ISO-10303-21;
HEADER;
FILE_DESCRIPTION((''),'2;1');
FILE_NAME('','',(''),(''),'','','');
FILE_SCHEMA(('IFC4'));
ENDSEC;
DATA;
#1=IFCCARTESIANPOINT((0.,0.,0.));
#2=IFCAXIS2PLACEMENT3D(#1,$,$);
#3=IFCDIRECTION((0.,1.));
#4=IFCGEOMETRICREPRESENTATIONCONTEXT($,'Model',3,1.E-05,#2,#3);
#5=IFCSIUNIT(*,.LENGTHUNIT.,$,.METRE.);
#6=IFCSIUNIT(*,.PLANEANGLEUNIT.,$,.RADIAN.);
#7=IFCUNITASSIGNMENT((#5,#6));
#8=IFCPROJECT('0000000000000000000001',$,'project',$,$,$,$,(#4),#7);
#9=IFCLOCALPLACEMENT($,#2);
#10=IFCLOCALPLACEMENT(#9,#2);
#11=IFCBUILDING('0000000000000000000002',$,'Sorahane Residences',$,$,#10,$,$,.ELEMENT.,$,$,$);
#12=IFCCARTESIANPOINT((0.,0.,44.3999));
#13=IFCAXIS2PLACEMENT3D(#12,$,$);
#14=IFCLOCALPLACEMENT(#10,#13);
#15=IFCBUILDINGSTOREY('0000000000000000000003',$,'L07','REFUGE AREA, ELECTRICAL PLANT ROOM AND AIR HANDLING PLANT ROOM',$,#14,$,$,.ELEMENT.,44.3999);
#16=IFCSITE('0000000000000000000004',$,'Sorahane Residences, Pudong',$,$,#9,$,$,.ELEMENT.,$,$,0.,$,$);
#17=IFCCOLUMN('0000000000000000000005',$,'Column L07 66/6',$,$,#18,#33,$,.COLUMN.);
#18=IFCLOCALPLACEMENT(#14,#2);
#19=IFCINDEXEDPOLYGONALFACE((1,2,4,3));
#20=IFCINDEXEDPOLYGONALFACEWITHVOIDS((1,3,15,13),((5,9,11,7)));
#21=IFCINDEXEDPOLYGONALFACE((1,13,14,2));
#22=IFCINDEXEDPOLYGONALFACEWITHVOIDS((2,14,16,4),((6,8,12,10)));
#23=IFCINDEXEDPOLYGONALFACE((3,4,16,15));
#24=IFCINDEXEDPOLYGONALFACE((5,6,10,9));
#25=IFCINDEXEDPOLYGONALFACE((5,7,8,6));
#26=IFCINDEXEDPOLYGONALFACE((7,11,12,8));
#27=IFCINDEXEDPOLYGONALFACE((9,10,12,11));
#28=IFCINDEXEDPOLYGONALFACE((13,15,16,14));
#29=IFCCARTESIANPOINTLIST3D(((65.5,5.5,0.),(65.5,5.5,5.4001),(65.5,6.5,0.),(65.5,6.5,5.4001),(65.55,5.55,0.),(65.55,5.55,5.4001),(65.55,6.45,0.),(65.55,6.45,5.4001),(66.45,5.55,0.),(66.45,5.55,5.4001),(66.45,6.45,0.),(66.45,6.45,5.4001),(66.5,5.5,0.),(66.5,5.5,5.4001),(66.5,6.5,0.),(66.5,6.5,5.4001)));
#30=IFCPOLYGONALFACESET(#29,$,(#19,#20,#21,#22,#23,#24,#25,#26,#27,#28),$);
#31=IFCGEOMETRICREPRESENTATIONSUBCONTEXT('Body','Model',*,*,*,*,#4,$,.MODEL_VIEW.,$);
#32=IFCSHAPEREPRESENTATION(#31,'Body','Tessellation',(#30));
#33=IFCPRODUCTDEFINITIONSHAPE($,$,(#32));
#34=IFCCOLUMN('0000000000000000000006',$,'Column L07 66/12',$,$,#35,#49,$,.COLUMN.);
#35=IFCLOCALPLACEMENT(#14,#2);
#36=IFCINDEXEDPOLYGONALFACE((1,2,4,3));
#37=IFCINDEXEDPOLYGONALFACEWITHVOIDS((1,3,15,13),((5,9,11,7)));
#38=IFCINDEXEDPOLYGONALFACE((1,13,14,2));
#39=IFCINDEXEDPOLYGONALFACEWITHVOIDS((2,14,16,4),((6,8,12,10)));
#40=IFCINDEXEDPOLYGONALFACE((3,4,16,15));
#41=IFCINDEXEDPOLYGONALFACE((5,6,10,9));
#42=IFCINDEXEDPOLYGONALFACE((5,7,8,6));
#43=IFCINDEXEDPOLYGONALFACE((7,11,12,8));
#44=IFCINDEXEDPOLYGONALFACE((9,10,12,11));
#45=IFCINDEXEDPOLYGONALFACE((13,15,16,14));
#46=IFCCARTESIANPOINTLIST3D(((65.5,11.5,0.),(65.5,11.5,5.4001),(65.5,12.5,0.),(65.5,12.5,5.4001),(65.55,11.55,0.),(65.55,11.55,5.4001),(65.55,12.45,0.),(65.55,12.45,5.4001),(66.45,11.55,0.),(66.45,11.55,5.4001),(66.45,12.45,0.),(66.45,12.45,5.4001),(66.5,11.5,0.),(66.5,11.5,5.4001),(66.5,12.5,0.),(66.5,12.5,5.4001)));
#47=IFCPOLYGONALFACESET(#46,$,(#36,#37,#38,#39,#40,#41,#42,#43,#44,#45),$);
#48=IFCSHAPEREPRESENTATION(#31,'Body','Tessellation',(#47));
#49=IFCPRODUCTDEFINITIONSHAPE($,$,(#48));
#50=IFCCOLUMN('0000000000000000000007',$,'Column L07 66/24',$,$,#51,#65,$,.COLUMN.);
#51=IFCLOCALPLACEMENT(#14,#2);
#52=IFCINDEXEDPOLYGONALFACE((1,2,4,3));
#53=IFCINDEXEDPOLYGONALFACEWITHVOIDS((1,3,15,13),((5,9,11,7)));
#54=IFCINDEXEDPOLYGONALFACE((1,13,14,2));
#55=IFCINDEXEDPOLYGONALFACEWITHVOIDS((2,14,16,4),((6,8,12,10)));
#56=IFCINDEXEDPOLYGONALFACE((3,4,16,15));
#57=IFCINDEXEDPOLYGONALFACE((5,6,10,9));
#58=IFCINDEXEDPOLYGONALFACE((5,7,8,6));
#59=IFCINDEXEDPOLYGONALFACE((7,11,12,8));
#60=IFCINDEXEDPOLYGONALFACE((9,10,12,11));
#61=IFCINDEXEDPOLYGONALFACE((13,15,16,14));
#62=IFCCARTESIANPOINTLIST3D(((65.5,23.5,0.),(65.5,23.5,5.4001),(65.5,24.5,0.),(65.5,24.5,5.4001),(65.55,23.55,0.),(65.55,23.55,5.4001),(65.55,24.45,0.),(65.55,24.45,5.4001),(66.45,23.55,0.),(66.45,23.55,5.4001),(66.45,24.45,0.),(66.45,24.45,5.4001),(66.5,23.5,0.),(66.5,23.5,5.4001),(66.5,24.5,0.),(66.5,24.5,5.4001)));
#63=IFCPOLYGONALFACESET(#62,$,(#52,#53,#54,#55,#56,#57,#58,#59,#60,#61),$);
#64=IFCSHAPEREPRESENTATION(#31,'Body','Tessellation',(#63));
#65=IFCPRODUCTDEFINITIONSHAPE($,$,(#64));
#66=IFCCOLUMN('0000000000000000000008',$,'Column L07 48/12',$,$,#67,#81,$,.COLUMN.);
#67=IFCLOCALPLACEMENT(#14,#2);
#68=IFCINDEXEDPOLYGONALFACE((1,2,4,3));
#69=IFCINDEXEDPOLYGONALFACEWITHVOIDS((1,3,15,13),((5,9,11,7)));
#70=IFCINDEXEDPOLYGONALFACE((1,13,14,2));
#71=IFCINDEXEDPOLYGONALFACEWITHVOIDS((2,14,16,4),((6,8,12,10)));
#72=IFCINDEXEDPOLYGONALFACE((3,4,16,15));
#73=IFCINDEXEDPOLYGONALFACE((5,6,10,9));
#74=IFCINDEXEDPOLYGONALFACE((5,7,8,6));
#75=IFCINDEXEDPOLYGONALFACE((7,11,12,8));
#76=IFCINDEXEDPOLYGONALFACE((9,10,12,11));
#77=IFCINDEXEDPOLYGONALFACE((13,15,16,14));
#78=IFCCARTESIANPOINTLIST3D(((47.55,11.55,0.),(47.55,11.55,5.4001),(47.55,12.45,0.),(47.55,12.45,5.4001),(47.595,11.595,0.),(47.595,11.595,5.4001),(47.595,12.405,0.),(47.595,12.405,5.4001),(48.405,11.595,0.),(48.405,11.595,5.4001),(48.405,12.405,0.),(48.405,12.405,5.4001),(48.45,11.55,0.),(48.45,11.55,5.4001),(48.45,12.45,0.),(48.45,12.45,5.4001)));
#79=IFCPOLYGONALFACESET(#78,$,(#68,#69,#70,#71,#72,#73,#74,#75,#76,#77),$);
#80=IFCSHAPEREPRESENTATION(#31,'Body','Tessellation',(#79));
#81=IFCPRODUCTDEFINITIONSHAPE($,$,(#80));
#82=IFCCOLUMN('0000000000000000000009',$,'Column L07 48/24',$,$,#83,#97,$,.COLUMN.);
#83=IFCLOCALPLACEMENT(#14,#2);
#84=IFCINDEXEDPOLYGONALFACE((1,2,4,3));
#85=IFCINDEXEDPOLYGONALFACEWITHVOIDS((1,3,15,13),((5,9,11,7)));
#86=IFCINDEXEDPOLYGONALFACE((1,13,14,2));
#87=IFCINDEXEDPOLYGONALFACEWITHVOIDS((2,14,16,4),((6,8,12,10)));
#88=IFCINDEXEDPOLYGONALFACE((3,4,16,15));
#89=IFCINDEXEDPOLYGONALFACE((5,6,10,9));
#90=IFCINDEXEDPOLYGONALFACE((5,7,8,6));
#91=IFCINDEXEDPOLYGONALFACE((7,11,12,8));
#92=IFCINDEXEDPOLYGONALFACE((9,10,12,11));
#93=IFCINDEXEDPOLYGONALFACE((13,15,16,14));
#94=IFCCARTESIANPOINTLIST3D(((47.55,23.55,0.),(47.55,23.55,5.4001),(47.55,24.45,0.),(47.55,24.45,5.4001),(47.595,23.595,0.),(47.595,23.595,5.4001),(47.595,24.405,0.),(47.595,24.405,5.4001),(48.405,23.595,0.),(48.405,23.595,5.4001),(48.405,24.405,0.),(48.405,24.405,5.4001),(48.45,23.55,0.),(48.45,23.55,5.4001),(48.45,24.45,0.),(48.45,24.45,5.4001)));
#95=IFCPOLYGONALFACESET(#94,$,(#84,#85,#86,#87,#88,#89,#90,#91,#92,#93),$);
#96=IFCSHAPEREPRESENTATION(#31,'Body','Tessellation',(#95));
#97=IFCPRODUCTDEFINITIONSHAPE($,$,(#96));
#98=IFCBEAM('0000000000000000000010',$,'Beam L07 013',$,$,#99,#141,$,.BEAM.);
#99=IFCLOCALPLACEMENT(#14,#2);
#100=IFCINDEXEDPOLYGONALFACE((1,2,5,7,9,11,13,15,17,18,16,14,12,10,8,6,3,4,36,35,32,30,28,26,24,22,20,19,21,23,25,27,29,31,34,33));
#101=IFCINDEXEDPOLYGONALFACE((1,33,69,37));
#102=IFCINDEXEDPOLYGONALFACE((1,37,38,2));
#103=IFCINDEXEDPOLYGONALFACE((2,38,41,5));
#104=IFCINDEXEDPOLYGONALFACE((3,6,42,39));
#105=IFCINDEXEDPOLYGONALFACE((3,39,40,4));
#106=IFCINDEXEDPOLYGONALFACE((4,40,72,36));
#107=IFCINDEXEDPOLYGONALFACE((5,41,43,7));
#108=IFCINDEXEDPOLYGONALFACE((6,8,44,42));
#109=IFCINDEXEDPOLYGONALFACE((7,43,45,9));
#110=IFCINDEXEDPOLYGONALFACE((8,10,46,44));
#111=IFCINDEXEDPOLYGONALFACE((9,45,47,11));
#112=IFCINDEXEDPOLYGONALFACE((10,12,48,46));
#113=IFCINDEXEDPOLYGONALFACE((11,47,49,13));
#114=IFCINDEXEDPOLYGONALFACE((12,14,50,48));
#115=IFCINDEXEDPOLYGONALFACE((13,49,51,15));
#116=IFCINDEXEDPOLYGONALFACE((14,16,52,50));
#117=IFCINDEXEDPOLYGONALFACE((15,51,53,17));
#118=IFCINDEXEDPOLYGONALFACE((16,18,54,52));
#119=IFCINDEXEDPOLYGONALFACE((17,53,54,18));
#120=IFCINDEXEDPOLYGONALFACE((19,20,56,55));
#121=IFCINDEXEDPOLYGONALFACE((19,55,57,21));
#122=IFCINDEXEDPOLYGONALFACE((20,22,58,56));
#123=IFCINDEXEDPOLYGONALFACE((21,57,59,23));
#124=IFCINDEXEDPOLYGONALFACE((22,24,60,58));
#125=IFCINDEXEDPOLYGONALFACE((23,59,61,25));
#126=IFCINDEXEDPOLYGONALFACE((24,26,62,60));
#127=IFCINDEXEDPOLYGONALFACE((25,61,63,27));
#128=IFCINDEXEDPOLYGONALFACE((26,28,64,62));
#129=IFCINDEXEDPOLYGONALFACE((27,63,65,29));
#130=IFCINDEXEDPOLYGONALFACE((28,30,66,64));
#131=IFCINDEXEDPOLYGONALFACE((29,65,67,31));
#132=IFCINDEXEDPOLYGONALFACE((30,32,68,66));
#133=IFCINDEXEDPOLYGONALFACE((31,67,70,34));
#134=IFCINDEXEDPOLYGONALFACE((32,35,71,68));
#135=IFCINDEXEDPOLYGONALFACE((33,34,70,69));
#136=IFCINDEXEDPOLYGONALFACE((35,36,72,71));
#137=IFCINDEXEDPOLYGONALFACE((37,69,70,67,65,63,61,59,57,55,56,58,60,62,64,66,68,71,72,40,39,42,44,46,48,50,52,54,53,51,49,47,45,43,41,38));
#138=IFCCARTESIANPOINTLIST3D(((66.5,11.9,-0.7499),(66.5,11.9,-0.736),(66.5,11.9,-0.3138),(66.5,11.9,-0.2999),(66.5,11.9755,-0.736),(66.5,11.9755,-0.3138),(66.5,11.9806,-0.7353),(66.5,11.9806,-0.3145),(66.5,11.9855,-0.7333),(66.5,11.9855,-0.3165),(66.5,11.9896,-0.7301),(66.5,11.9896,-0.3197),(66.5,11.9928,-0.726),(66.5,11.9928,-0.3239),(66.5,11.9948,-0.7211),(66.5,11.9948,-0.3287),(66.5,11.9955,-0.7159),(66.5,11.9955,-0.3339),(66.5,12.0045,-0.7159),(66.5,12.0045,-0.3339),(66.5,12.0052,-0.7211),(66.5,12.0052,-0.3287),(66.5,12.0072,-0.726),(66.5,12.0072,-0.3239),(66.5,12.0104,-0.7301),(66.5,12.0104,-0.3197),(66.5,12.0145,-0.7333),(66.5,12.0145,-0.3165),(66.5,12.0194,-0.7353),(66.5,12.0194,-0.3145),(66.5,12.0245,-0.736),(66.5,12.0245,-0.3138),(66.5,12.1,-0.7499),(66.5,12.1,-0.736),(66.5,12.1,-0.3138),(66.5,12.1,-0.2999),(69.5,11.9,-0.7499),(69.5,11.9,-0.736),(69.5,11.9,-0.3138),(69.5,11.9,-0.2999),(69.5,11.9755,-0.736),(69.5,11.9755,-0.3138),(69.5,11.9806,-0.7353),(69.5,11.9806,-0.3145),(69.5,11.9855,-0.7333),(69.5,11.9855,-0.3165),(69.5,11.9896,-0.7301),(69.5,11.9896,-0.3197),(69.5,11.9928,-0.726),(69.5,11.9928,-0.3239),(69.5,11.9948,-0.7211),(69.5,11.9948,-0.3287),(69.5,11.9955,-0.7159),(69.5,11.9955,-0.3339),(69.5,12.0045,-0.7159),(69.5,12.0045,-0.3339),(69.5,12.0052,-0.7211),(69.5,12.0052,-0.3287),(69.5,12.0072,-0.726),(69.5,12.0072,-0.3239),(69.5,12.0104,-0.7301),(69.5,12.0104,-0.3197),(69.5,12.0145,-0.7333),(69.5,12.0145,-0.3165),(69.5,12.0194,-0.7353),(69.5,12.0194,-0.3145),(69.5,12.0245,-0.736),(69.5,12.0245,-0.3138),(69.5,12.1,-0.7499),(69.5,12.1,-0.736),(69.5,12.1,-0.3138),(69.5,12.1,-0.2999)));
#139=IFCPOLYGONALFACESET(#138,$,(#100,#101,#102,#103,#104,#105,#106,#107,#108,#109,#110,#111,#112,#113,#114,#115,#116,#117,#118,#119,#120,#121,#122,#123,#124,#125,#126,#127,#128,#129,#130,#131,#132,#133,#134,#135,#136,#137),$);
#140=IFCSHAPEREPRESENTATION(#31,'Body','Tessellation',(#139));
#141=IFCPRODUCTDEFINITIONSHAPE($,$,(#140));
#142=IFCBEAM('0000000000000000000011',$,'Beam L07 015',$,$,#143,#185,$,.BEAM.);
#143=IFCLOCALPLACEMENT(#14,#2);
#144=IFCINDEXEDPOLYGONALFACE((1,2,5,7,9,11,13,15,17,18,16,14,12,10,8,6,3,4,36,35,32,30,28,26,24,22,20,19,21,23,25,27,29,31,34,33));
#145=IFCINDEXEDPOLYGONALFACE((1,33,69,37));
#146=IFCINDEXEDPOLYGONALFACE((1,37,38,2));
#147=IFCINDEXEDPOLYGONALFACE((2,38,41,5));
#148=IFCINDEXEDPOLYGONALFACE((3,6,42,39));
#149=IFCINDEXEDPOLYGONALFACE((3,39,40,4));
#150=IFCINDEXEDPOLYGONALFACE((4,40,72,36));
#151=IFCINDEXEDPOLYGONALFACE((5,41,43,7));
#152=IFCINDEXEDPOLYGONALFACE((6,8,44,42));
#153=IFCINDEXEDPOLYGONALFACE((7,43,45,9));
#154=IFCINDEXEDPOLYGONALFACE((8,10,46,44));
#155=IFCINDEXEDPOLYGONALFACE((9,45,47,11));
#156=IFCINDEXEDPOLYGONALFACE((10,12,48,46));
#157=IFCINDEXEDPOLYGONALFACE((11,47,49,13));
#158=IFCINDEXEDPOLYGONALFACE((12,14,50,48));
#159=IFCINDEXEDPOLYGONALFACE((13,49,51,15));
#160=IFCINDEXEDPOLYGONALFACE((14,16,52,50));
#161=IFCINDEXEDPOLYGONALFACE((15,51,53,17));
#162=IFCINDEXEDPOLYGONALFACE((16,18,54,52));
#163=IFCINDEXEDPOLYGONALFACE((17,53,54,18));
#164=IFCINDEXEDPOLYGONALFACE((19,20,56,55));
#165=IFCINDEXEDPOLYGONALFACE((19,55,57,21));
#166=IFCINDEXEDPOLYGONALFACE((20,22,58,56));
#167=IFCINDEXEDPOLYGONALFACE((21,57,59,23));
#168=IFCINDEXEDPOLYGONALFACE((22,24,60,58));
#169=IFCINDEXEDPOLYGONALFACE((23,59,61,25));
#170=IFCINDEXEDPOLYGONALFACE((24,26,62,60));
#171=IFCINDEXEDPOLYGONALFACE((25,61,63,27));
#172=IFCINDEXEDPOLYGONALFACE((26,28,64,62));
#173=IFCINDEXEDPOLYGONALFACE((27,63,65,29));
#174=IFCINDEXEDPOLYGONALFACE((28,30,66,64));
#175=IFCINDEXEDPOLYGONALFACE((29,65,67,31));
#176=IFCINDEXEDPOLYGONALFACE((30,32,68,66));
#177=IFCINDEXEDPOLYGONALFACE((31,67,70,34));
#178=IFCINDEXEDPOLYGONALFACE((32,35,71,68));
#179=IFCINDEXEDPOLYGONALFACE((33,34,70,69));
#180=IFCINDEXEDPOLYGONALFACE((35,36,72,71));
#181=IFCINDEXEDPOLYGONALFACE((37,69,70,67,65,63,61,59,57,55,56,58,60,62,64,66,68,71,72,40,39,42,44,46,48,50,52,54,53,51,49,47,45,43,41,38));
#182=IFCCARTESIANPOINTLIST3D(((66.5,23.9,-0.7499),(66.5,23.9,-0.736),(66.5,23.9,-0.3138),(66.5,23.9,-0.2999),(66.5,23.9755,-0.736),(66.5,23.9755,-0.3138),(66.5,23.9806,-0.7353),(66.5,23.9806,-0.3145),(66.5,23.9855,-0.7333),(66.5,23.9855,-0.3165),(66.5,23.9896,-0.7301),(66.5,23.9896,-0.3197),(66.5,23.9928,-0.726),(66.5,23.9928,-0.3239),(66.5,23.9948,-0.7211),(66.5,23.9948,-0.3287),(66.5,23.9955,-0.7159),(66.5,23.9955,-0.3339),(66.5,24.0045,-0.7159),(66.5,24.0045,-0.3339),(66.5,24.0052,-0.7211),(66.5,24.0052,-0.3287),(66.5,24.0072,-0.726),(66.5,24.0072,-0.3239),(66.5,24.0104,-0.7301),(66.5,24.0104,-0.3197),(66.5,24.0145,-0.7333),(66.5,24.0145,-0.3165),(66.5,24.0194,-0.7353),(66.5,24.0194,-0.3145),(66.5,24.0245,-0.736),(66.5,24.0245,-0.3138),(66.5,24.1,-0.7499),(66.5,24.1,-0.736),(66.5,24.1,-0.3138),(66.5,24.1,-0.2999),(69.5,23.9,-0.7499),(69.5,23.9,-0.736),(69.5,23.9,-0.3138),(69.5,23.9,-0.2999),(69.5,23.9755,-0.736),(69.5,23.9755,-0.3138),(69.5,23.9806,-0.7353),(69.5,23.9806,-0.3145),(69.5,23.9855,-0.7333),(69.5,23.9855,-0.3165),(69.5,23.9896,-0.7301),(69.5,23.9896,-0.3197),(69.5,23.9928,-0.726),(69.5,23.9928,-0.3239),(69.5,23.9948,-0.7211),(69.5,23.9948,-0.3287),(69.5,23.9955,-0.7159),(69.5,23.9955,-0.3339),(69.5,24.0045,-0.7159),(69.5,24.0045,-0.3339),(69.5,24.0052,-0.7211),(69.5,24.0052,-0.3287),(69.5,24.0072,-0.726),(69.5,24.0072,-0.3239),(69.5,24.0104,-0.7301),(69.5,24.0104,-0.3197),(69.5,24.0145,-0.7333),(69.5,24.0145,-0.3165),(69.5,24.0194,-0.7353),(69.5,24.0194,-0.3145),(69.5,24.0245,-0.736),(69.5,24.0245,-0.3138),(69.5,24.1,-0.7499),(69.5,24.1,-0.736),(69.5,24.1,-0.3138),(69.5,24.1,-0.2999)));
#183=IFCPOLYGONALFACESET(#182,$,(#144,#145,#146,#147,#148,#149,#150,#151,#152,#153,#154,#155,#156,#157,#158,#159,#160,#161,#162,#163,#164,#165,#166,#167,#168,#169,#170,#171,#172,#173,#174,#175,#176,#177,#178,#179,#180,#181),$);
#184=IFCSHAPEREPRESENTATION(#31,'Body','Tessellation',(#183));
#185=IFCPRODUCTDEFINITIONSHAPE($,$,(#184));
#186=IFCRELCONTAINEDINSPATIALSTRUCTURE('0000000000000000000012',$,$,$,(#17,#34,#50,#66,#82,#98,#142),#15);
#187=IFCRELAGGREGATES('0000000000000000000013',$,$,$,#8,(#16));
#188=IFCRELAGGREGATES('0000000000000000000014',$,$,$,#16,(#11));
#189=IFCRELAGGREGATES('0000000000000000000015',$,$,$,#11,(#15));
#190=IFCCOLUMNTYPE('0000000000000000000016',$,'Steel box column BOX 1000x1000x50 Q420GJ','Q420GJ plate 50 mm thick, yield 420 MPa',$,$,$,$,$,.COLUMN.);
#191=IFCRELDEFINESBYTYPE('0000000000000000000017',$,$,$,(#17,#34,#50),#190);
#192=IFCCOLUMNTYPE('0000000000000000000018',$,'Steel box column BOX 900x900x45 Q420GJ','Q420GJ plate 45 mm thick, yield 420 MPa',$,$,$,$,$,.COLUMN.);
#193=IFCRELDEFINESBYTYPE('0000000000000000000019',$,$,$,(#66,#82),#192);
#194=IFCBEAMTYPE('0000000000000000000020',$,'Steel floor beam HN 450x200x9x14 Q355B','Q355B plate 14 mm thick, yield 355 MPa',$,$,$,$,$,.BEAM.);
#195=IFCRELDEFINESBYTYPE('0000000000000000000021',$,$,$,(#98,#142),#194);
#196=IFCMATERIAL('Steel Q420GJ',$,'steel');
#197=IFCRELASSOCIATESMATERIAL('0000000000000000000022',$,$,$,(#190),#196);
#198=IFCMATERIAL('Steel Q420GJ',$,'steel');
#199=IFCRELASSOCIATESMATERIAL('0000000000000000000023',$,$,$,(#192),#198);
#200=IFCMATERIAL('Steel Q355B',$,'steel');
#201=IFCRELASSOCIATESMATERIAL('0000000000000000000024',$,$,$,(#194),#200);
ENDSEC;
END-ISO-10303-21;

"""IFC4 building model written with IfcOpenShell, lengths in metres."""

from ifc_helpers import new_model, si_unit, direction, frame, origin, origin_2d, place, context, subcontext, project, spatial, hollow_rectangle, i_section, extrude, material, material_profile, profile_set, type_object, element, save


model = new_model("IFC4")

# Units and contexts
model_context = context("Model", 3, precision=1e-05, world=origin(), true_north=direction((0.0, 1.0)))
body_context = subcontext(model_context, "Body", "Model", "MODEL_VIEW")
ifc_project = project(units=[si_unit("LENGTHUNIT", "METRE"), si_unit("PLANEANGLEUNIT", "RADIAN")], contexts=[model_context])

# Site, building, storey
site_placement = place(None, origin())
site = spatial("IfcSite", under=ifc_project, at=site_placement, Name="Sorahane Residences, Pudong", CompositionType="ELEMENT", RefElevation=0.0)
building_placement = place(site_placement, origin())
building = spatial("IfcBuilding", under=site, at=building_placement, Name="Sorahane Residences", CompositionType="ELEMENT")
storey_placement = place(building_placement, frame((0.0, 0.0, 44.3999)))
storey = spatial("IfcBuildingStorey", under=building, at=storey_placement, Name="L07", Description="REFUGE AREA, ELECTRICAL PLANT ROOM AND AIR HANDLING PLANT ROOM", CompositionType="ELEMENT", Elevation=44.3999)

# Columns
ifc_material_1 = material(Name="Steel Q420GJ", Category="steel")
ifc_material_profile_1 = material_profile(ifc_material_1, hollow_rectangle(XDim=1.0, YDim=1.0, WallThickness=0.05, at=origin_2d()), Name="BOX 1000x1000x50")
ifc_profile_set_1 = profile_set([ifc_material_profile_1], Name="Steel Q420GJ")
column_type_1 = type_object("IfcColumnType", Name="Steel box column BOX 1000x1000x50 Q420GJ", Description="Q420GJ plate 50 mm thick, yield 420 MPa", PredefinedType="COLUMN", material=ifc_profile_set_1)
for number, where, z_axis, x_axis, name in (
    (1, (66.0, 6.0, 0.0), (0.0, 0.0, 1.0), (1.0, 0.0, 0.0), "Column L07 66/6"),
    (2, (66.0, 12.0, 0.0), (0.0, 0.0, 1.0), (1.0, 0.0, 0.0), "Column L07 66/12"),
    (3, (66.0, 24.0, 0.0), (0.0, 0.0, 1.0), (1.0, 0.0, 0.0), "Column L07 66/24"),
):
    element("IfcColumn", number, at=place(storey_placement, frame(where, z_axis=z_axis, x_axis=x_axis)), inside=storey, type_object=column_type_1, Name=name, PredefinedType="COLUMN", context=body_context, shape_type="SweptSolid", body=[
        extrude(hollow_rectangle(XDim=1.0, YDim=1.0, WallThickness=0.05, at=origin_2d()), origin(), (0.0, 0.0, 1.0), 5.4001),
    ])
ifc_material_2 = material(Name="Steel Q420GJ", Category="steel")
ifc_material_profile_2 = material_profile(ifc_material_2, hollow_rectangle(XDim=0.8999, YDim=0.8999, WallThickness=0.0449, at=origin_2d()), Name="BOX 900x900x45")
ifc_profile_set_2 = profile_set([ifc_material_profile_2], Name="Steel Q420GJ")
column_type_2 = type_object("IfcColumnType", Name="Steel box column BOX 900x900x45 Q420GJ", Description="Q420GJ plate 45 mm thick, yield 420 MPa", PredefinedType="COLUMN", material=ifc_profile_set_2)
for number, where, z_axis, x_axis, name in (
    (4, (48.0, 12.0, 0.0), (0.0, 0.0, 1.0), (1.0, 0.0, 0.0), "Column L07 48/12"),
    (5, (48.0, 24.0, 0.0), (0.0, 0.0, 1.0), (1.0, 0.0, 0.0), "Column L07 48/24"),
):
    element("IfcColumn", number, at=place(storey_placement, frame(where, z_axis=z_axis, x_axis=x_axis)), inside=storey, type_object=column_type_2, Name=name, PredefinedType="COLUMN", context=body_context, shape_type="SweptSolid", body=[
        extrude(hollow_rectangle(XDim=0.8999, YDim=0.8999, WallThickness=0.0449, at=origin_2d()), origin(), (0.0, 0.0, 1.0), 5.4001),
    ])

# Beams
ifc_material_3 = material(Name="Steel Q355B", Category="steel")
ifc_material_profile_3 = material_profile(ifc_material_3, i_section(OverallWidth=0.2, OverallDepth=0.45, WebThickness=0.009, FlangeThickness=0.0139, FilletRadius=0.02, at=origin_2d()), Name="HN 450x200x9x14")
ifc_profile_set_3 = profile_set([ifc_material_profile_3], Name="Steel Q355B")
beam_type_1 = type_object("IfcBeamType", Name="Steel floor beam HN 450x200x9x14 Q355B", Description="Q355B plate 14 mm thick, yield 355 MPa", PredefinedType="BEAM", material=ifc_profile_set_3)
for number, where, z_axis, x_axis, name in (
    (6, (66.5, 12.0, -0.5249), (1.0, 0.0, 0.0), (0.0, 1.0, 0.0), "Beam L07 013"),
    (7, (66.5, 24.0, -0.5249), (1.0, 0.0, 0.0), (0.0, 1.0, 0.0), "Beam L07 015"),
):
    element("IfcBeam", number, at=place(storey_placement, frame(where, z_axis=z_axis, x_axis=x_axis)), inside=storey, type_object=beam_type_1, Name=name, PredefinedType="BEAM", context=body_context, shape_type="SweptSolid", body=[
        extrude(i_section(OverallWidth=0.2, OverallDepth=0.45, WebThickness=0.009, FlangeThickness=0.0139, FilletRadius=0.02, at=origin_2d()), origin(), (0.0, 0.0, 1.0), 3.0),
    ])

save(model, "model.ifc")
